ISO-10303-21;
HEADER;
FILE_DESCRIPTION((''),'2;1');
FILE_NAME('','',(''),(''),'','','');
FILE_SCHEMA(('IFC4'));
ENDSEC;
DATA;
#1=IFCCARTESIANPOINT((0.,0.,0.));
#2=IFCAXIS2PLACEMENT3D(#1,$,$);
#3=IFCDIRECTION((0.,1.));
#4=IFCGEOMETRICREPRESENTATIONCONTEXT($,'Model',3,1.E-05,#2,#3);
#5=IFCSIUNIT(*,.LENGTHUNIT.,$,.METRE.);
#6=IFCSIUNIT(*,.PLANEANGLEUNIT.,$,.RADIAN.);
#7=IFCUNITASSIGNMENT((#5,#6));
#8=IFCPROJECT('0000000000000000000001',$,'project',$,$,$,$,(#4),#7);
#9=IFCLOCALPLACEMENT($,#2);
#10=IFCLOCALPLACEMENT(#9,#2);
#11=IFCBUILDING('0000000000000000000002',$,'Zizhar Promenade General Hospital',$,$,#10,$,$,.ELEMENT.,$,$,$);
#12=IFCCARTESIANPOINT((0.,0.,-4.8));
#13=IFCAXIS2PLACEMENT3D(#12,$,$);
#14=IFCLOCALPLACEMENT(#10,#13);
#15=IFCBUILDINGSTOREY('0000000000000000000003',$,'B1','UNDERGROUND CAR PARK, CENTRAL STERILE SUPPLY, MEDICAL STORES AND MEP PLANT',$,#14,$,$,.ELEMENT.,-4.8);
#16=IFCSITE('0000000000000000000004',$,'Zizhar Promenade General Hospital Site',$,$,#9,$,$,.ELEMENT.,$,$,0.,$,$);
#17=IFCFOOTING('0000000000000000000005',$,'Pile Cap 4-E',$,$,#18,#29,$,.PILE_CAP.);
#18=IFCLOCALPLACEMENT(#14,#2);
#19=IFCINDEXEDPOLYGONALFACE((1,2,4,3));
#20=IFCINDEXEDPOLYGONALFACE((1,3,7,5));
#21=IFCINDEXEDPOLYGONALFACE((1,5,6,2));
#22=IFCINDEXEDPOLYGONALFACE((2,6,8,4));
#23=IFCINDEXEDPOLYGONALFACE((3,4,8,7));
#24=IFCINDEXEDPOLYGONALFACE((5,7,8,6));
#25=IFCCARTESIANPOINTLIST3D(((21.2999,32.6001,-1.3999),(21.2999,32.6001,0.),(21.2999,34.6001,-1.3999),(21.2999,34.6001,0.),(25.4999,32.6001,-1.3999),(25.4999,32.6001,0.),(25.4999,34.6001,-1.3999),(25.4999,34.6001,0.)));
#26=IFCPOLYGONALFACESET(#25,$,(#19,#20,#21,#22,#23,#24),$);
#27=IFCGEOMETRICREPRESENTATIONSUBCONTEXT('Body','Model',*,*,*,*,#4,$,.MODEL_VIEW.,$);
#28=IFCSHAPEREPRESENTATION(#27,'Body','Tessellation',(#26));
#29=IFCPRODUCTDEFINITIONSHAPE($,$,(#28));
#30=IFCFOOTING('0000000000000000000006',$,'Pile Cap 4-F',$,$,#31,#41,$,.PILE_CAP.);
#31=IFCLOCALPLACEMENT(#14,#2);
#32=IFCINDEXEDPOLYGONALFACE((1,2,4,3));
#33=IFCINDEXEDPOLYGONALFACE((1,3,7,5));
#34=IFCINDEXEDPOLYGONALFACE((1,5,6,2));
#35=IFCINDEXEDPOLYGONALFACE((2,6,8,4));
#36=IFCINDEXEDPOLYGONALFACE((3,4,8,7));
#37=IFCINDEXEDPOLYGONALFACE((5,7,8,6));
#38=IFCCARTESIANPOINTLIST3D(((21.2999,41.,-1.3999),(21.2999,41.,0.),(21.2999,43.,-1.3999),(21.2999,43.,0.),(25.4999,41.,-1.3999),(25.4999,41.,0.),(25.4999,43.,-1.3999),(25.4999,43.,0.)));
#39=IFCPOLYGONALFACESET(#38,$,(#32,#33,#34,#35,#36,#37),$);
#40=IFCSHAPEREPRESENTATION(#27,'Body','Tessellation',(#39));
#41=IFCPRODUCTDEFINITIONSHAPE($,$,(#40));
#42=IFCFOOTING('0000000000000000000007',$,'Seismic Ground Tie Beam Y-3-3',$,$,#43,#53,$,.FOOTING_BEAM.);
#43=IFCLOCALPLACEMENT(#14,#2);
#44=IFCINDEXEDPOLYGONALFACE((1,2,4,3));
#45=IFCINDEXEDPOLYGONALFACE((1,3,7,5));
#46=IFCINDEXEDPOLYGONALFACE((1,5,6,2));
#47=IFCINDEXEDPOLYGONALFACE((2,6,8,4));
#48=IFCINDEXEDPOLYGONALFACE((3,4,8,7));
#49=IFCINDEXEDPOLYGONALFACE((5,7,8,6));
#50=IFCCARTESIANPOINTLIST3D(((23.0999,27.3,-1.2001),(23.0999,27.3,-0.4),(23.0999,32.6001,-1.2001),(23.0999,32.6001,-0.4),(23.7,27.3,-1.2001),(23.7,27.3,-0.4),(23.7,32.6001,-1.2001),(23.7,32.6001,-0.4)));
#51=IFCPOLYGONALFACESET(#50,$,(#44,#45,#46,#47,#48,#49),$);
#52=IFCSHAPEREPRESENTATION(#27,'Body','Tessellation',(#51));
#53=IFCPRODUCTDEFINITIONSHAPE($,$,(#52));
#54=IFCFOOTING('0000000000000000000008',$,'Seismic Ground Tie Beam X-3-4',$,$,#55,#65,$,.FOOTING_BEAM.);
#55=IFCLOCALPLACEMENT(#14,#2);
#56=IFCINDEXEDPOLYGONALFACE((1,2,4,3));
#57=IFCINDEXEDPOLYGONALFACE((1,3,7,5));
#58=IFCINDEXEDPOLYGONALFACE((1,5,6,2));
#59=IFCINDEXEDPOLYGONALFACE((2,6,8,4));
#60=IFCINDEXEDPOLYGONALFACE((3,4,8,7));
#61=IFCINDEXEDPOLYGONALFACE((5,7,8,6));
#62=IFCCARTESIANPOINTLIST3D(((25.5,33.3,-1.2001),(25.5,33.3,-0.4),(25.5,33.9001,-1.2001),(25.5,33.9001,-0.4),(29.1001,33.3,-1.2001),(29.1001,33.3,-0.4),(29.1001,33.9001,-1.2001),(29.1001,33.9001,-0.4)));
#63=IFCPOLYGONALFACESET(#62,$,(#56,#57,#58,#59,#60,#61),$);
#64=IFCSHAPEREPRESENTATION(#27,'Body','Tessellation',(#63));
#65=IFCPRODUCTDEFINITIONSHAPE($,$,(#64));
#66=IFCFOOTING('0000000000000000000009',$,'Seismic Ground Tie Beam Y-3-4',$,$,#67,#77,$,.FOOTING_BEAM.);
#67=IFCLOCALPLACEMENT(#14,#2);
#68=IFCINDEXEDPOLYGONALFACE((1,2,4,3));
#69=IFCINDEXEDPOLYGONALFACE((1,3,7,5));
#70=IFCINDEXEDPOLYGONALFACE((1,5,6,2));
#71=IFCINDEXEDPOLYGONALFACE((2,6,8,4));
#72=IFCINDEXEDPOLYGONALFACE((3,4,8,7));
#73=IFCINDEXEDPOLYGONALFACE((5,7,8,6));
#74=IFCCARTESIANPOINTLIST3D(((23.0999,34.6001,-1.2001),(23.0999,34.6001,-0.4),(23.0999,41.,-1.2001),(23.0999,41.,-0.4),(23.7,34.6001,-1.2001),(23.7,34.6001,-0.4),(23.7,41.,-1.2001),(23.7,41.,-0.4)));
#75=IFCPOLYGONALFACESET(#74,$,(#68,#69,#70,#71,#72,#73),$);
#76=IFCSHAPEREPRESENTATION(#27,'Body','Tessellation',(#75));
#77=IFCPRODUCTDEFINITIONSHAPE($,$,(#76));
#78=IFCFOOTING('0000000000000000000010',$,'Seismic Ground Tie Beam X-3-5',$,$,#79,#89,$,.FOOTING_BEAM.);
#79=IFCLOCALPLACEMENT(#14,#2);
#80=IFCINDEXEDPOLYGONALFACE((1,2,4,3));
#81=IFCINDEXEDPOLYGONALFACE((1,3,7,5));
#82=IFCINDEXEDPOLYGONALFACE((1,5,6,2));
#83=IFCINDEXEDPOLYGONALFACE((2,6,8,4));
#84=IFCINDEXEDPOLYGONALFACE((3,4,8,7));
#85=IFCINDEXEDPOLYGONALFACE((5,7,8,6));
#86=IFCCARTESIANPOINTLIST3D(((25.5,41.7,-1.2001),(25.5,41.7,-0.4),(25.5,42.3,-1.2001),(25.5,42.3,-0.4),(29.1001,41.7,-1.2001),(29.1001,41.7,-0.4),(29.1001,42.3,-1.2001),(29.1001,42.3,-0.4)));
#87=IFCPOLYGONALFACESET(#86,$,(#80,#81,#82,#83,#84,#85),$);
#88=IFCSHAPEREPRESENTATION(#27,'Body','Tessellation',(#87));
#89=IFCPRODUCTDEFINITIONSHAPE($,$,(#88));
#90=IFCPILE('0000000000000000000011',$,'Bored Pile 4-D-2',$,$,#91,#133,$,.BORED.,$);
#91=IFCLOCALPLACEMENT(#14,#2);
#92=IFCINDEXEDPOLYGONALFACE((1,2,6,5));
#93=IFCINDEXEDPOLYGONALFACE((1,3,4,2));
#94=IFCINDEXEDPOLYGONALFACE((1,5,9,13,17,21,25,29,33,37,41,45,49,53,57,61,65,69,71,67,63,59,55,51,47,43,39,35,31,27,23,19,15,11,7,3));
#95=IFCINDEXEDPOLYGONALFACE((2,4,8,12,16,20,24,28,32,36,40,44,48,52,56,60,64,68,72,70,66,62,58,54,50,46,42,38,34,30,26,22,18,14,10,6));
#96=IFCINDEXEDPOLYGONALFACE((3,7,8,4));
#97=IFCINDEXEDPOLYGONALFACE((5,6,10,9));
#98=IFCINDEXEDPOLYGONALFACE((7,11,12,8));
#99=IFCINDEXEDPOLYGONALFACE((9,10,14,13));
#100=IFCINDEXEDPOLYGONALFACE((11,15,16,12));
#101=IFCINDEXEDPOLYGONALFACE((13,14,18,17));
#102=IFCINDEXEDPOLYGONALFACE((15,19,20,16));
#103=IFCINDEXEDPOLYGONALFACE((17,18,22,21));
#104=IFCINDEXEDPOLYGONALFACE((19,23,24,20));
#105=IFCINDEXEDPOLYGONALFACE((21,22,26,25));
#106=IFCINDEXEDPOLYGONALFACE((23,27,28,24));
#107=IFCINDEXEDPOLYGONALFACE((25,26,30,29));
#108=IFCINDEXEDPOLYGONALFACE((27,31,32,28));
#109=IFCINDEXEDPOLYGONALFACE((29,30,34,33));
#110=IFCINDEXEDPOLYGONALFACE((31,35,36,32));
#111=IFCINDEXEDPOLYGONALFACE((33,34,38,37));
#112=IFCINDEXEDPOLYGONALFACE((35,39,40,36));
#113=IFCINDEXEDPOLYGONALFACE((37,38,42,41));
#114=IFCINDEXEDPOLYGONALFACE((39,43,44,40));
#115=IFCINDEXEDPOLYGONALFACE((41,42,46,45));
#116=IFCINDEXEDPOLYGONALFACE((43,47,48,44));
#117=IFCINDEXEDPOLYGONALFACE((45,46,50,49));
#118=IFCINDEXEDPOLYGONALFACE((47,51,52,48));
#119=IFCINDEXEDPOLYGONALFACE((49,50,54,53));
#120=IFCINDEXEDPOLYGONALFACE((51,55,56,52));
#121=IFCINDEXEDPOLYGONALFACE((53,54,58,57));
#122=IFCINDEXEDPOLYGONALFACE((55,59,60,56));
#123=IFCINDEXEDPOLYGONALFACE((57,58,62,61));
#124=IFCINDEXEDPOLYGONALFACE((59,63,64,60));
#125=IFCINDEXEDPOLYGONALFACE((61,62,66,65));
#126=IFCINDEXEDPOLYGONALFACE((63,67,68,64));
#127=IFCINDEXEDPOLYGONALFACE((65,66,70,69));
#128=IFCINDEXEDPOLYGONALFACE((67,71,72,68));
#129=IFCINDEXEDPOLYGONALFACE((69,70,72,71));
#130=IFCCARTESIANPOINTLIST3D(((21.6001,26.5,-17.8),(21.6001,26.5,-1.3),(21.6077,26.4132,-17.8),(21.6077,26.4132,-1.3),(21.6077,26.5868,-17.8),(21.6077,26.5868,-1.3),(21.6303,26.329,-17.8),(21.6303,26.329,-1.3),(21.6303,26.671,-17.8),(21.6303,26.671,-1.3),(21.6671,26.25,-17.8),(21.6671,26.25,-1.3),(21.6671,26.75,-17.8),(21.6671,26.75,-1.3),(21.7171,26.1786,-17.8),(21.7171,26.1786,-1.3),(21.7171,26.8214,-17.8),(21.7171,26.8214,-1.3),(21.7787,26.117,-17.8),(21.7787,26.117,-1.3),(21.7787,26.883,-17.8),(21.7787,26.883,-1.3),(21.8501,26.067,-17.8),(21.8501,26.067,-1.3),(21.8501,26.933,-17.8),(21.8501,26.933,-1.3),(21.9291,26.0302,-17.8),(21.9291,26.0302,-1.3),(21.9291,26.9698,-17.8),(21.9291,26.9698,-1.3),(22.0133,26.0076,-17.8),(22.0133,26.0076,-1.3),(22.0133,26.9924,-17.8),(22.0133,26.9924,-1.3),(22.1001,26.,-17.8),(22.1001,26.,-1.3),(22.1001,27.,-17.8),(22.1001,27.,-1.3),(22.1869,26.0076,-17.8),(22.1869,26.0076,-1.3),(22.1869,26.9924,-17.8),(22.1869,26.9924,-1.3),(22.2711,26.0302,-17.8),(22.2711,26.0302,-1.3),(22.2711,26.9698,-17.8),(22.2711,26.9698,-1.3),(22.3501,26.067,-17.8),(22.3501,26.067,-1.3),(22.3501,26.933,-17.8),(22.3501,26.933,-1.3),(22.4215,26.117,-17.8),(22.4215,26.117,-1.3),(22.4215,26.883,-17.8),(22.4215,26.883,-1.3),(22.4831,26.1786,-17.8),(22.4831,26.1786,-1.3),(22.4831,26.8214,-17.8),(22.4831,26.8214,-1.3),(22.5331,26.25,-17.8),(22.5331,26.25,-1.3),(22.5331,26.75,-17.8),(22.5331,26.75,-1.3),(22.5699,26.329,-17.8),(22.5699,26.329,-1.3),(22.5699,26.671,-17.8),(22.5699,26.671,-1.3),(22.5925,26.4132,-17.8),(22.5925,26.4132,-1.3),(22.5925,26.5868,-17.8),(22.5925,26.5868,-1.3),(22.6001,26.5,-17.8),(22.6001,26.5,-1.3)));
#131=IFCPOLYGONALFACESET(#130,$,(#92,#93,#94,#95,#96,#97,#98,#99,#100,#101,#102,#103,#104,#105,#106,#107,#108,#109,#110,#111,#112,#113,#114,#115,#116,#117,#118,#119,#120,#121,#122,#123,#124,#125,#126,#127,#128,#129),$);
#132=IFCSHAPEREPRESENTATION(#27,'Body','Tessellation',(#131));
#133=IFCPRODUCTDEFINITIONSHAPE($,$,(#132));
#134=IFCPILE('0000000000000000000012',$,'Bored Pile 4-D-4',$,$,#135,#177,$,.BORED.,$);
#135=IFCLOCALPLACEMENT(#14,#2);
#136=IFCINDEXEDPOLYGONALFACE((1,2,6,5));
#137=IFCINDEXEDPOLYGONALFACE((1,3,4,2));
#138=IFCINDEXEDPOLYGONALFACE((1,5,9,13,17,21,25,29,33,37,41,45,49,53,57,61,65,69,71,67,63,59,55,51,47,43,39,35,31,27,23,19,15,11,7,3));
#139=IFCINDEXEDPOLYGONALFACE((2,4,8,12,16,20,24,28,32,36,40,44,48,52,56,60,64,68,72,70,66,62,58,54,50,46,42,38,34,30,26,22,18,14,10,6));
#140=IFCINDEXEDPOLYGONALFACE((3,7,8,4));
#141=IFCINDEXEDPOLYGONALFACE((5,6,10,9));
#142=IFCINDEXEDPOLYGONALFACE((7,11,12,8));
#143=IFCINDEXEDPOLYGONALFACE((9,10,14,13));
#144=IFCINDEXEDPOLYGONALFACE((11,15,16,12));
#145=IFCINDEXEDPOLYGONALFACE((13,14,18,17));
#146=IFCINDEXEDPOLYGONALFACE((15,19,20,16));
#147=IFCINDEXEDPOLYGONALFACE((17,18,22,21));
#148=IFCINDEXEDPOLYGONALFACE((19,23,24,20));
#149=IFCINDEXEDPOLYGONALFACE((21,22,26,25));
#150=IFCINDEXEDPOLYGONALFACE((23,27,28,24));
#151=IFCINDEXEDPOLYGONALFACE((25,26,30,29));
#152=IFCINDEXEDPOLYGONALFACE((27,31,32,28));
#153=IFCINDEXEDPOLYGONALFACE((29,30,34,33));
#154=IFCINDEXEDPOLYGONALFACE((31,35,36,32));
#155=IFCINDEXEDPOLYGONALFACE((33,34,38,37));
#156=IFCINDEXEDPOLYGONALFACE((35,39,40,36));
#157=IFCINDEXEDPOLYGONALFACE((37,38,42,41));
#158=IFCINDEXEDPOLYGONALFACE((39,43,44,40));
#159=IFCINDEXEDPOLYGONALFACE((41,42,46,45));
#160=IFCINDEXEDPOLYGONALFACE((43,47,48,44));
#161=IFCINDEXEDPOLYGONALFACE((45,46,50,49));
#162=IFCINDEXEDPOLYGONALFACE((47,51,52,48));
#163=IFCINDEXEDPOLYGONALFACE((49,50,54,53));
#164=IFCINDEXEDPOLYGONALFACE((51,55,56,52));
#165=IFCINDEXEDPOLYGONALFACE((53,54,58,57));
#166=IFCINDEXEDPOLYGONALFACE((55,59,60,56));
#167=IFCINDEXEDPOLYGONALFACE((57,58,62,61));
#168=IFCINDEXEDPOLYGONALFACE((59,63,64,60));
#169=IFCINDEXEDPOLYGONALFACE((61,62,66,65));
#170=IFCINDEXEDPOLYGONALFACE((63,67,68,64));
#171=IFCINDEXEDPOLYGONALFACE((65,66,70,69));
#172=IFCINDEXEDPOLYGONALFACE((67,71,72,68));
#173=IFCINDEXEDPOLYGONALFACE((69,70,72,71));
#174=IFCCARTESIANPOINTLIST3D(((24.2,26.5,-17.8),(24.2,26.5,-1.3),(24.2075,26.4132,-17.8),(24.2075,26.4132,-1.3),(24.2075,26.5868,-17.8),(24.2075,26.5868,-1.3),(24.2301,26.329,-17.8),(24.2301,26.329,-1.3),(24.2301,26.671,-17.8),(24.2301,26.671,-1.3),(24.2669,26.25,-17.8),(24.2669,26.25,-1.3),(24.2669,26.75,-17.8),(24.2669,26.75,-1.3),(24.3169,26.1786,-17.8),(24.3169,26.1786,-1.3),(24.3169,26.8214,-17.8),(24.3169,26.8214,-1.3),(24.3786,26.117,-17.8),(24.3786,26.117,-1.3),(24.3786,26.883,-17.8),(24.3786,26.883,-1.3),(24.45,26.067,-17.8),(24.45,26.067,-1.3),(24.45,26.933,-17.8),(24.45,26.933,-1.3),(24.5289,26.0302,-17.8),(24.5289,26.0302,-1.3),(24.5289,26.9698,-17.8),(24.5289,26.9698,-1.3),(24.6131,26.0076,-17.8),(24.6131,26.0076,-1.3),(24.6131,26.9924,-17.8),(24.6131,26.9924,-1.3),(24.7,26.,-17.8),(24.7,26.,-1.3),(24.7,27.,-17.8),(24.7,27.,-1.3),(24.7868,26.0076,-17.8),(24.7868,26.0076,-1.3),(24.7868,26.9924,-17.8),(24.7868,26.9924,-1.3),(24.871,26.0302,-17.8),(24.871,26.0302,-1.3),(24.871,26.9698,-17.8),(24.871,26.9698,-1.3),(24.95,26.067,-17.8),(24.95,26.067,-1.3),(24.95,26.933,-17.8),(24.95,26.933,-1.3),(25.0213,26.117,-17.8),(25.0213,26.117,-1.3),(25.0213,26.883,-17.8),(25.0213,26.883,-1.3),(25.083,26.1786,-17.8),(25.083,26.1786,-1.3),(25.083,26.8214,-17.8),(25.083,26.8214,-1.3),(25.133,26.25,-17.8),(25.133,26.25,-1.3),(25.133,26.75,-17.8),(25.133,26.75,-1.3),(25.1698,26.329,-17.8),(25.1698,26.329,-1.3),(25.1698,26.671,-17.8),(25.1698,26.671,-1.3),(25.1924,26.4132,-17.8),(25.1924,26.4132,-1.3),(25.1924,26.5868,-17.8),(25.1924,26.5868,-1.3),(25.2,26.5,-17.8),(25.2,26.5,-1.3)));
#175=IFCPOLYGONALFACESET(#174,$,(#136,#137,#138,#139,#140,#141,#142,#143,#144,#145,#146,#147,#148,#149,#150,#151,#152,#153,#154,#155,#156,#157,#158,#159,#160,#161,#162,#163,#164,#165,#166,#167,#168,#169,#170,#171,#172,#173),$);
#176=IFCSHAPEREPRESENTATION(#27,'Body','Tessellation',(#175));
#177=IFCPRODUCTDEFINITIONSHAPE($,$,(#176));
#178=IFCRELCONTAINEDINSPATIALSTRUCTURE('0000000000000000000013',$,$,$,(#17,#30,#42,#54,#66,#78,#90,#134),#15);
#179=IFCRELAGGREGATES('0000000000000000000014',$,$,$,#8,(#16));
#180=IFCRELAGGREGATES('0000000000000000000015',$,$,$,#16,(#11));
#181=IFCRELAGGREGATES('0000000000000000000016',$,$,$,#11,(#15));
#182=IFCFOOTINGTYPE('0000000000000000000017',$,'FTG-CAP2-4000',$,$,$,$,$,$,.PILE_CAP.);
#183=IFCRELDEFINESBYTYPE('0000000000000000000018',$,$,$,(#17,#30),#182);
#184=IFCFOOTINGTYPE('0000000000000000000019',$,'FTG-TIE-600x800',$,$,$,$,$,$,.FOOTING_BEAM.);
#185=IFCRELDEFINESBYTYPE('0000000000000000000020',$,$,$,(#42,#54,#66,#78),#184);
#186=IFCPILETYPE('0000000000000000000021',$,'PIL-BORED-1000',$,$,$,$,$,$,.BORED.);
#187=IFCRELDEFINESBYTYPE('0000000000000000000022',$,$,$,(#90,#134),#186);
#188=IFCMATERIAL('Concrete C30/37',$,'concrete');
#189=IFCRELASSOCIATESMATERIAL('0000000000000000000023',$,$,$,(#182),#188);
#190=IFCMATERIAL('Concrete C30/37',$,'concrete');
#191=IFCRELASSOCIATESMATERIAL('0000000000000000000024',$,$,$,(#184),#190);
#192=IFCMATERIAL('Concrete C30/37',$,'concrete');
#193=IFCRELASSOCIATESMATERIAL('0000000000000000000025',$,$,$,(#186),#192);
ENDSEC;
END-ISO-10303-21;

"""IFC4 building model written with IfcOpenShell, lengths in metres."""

from ifc_helpers import new_model, si_unit, direction, frame, origin, origin_2d, place, context, subcontext, project, spatial, rectangle, circle, extrude, material, material_profile, profile_set, type_object, element, save


model = new_model("IFC4")

# Units and contexts
model_context = context("Model", 3, precision=1e-05, world=origin(), true_north=direction((0.0, 1.0)))
body_context = subcontext(model_context, "Body", "Model", "MODEL_VIEW")
ifc_project = project(units=[si_unit("LENGTHUNIT", "METRE"), si_unit("PLANEANGLEUNIT", "RADIAN")], contexts=[model_context])

# Site, building, storey
site_placement = place(None, origin())
site = spatial("IfcSite", under=ifc_project, at=site_placement, Name="Zizhar Promenade General Hospital Site", CompositionType="ELEMENT", RefElevation=0.0)
building_placement = place(site_placement, origin())
building = spatial("IfcBuilding", under=site, at=building_placement, Name="Zizhar Promenade General Hospital", CompositionType="ELEMENT")
storey_placement = place(building_placement, frame((0.0, 0.0, -4.8)))
storey = spatial("IfcBuildingStorey", under=building, at=storey_placement, Name="B1", Description="UNDERGROUND CAR PARK, CENTRAL STERILE SUPPLY, MEDICAL STORES AND MEP PLANT", CompositionType="ELEMENT", Elevation=-4.8)

# Footings
ifc_material_1 = material(Name="Concrete C30/37", Category="concrete")
footing_type_1 = type_object("IfcFootingType", Name="FTG-CAP2-4000", PredefinedType="PILE_CAP", material=ifc_material_1)
for number, where, z_axis, x_axis, name in (
    (1, (23.3999, 33.6001, -1.3999), (0.0, 0.0, 1.0), (1.0, 0.0, 0.0), "Pile Cap 4-E"),
    (2, (23.3999, 42.0, -1.3999), (0.0, 0.0, 1.0), (1.0, 0.0, 0.0), "Pile Cap 4-F"),
):
    element("IfcFooting", number, at=place(storey_placement, frame(where, z_axis=z_axis, x_axis=x_axis)), inside=storey, type_object=footing_type_1, Name=name, PredefinedType="PILE_CAP", context=body_context, shape_type="SweptSolid", body=[
        extrude(rectangle(XDim=4.2, YDim=2.0, at=origin_2d()), origin(), (0.0, 0.0, 1.0), 1.3999),
    ])
ifc_material_2 = material(Name="Concrete C30/37", Category="concrete")
ifc_material_profile_1 = material_profile(ifc_material_2, rectangle(XDim=0.6001, YDim=0.8, at=origin_2d()))
ifc_profile_set_1 = profile_set([ifc_material_profile_1], Name="Concrete C30/37")
footing_type_2 = type_object("IfcFootingType", Name="FTG-TIE-600x800", PredefinedType="FOOTING_BEAM", material=ifc_profile_set_1)
footing_1_placement = place(storey_placement, frame((23.3999, 27.3, -0.8), z_axis=(0.0, 1.0, 0.0), x_axis=(-1.0, 0.0, 0.0)))
element("IfcFooting", 3, at=footing_1_placement, inside=storey, type_object=footing_type_2, Name="Seismic Ground Tie Beam Y-3-3", PredefinedType="FOOTING_BEAM", context=body_context, shape_type="SweptSolid", body=[
    extrude(rectangle(XDim=0.6001, YDim=0.8, at=origin_2d()), origin(), (0.0, 0.0, 1.0), 5.3),
])
footing_2_placement = place(storey_placement, frame((25.5, 33.6001, -0.8), z_axis=(1.0, 0.0, 0.0), x_axis=(0.0, 1.0, 0.0)))
element("IfcFooting", 4, at=footing_2_placement, inside=storey, type_object=footing_type_2, Name="Seismic Ground Tie Beam X-3-4", PredefinedType="FOOTING_BEAM", context=body_context, shape_type="SweptSolid", body=[
    extrude(rectangle(XDim=0.6001, YDim=0.8, at=origin_2d()), origin(), (0.0, 0.0, 1.0), 3.6001),
])
footing_3_placement = place(storey_placement, frame((23.3999, 34.6001, -0.8), z_axis=(0.0, 1.0, 0.0), x_axis=(-1.0, 0.0, 0.0)))
element("IfcFooting", 5, at=footing_3_placement, inside=storey, type_object=footing_type_2, Name="Seismic Ground Tie Beam Y-3-4", PredefinedType="FOOTING_BEAM", context=body_context, shape_type="SweptSolid", body=[
    extrude(rectangle(XDim=0.6001, YDim=0.8, at=origin_2d()), origin(), (0.0, 0.0, 1.0), 6.3999),
])
footing_4_placement = place(storey_placement, frame((25.5, 42.0, -0.8), z_axis=(1.0, 0.0, 0.0), x_axis=(0.0, 1.0, 0.0)))
element("IfcFooting", 6, at=footing_4_placement, inside=storey, type_object=footing_type_2, Name="Seismic Ground Tie Beam X-3-5", PredefinedType="FOOTING_BEAM", context=body_context, shape_type="SweptSolid", body=[
    extrude(rectangle(XDim=0.6001, YDim=0.8, at=origin_2d()), origin(), (0.0, 0.0, 1.0), 3.6001),
])

# Piles
ifc_material_3 = material(Name="Concrete C30/37", Category="concrete")
ifc_material_profile_2 = material_profile(ifc_material_3, circle(Radius=0.5, at=origin_2d()))
ifc_profile_set_2 = profile_set([ifc_material_profile_2], Name="Concrete C30/37")
pile_type = type_object("IfcPileType", Name="PIL-BORED-1000", PredefinedType="BORED", material=ifc_profile_set_2)
for number, where, z_axis, x_axis, name in (
    (7, (22.1001, 26.5, -1.3), (0.0, 0.0, -1.0), (1.0, 0.0, 0.0), "Bored Pile 4-D-2"),
    (8, (24.7, 26.5, -1.3), (0.0, 0.0, -1.0), (1.0, 0.0, 0.0), "Bored Pile 4-D-4"),
):
    element("IfcPile", number, at=place(storey_placement, frame(where, z_axis=z_axis, x_axis=x_axis)), inside=storey, type_object=pile_type, Name=name, PredefinedType="BORED", context=body_context, shape_type="SweptSolid", body=[
        extrude(circle(Radius=0.5, at=origin_2d()), origin(), (0.0, 0.0, 1.0), 16.5),
    ])

save(model, "model.ifc")
